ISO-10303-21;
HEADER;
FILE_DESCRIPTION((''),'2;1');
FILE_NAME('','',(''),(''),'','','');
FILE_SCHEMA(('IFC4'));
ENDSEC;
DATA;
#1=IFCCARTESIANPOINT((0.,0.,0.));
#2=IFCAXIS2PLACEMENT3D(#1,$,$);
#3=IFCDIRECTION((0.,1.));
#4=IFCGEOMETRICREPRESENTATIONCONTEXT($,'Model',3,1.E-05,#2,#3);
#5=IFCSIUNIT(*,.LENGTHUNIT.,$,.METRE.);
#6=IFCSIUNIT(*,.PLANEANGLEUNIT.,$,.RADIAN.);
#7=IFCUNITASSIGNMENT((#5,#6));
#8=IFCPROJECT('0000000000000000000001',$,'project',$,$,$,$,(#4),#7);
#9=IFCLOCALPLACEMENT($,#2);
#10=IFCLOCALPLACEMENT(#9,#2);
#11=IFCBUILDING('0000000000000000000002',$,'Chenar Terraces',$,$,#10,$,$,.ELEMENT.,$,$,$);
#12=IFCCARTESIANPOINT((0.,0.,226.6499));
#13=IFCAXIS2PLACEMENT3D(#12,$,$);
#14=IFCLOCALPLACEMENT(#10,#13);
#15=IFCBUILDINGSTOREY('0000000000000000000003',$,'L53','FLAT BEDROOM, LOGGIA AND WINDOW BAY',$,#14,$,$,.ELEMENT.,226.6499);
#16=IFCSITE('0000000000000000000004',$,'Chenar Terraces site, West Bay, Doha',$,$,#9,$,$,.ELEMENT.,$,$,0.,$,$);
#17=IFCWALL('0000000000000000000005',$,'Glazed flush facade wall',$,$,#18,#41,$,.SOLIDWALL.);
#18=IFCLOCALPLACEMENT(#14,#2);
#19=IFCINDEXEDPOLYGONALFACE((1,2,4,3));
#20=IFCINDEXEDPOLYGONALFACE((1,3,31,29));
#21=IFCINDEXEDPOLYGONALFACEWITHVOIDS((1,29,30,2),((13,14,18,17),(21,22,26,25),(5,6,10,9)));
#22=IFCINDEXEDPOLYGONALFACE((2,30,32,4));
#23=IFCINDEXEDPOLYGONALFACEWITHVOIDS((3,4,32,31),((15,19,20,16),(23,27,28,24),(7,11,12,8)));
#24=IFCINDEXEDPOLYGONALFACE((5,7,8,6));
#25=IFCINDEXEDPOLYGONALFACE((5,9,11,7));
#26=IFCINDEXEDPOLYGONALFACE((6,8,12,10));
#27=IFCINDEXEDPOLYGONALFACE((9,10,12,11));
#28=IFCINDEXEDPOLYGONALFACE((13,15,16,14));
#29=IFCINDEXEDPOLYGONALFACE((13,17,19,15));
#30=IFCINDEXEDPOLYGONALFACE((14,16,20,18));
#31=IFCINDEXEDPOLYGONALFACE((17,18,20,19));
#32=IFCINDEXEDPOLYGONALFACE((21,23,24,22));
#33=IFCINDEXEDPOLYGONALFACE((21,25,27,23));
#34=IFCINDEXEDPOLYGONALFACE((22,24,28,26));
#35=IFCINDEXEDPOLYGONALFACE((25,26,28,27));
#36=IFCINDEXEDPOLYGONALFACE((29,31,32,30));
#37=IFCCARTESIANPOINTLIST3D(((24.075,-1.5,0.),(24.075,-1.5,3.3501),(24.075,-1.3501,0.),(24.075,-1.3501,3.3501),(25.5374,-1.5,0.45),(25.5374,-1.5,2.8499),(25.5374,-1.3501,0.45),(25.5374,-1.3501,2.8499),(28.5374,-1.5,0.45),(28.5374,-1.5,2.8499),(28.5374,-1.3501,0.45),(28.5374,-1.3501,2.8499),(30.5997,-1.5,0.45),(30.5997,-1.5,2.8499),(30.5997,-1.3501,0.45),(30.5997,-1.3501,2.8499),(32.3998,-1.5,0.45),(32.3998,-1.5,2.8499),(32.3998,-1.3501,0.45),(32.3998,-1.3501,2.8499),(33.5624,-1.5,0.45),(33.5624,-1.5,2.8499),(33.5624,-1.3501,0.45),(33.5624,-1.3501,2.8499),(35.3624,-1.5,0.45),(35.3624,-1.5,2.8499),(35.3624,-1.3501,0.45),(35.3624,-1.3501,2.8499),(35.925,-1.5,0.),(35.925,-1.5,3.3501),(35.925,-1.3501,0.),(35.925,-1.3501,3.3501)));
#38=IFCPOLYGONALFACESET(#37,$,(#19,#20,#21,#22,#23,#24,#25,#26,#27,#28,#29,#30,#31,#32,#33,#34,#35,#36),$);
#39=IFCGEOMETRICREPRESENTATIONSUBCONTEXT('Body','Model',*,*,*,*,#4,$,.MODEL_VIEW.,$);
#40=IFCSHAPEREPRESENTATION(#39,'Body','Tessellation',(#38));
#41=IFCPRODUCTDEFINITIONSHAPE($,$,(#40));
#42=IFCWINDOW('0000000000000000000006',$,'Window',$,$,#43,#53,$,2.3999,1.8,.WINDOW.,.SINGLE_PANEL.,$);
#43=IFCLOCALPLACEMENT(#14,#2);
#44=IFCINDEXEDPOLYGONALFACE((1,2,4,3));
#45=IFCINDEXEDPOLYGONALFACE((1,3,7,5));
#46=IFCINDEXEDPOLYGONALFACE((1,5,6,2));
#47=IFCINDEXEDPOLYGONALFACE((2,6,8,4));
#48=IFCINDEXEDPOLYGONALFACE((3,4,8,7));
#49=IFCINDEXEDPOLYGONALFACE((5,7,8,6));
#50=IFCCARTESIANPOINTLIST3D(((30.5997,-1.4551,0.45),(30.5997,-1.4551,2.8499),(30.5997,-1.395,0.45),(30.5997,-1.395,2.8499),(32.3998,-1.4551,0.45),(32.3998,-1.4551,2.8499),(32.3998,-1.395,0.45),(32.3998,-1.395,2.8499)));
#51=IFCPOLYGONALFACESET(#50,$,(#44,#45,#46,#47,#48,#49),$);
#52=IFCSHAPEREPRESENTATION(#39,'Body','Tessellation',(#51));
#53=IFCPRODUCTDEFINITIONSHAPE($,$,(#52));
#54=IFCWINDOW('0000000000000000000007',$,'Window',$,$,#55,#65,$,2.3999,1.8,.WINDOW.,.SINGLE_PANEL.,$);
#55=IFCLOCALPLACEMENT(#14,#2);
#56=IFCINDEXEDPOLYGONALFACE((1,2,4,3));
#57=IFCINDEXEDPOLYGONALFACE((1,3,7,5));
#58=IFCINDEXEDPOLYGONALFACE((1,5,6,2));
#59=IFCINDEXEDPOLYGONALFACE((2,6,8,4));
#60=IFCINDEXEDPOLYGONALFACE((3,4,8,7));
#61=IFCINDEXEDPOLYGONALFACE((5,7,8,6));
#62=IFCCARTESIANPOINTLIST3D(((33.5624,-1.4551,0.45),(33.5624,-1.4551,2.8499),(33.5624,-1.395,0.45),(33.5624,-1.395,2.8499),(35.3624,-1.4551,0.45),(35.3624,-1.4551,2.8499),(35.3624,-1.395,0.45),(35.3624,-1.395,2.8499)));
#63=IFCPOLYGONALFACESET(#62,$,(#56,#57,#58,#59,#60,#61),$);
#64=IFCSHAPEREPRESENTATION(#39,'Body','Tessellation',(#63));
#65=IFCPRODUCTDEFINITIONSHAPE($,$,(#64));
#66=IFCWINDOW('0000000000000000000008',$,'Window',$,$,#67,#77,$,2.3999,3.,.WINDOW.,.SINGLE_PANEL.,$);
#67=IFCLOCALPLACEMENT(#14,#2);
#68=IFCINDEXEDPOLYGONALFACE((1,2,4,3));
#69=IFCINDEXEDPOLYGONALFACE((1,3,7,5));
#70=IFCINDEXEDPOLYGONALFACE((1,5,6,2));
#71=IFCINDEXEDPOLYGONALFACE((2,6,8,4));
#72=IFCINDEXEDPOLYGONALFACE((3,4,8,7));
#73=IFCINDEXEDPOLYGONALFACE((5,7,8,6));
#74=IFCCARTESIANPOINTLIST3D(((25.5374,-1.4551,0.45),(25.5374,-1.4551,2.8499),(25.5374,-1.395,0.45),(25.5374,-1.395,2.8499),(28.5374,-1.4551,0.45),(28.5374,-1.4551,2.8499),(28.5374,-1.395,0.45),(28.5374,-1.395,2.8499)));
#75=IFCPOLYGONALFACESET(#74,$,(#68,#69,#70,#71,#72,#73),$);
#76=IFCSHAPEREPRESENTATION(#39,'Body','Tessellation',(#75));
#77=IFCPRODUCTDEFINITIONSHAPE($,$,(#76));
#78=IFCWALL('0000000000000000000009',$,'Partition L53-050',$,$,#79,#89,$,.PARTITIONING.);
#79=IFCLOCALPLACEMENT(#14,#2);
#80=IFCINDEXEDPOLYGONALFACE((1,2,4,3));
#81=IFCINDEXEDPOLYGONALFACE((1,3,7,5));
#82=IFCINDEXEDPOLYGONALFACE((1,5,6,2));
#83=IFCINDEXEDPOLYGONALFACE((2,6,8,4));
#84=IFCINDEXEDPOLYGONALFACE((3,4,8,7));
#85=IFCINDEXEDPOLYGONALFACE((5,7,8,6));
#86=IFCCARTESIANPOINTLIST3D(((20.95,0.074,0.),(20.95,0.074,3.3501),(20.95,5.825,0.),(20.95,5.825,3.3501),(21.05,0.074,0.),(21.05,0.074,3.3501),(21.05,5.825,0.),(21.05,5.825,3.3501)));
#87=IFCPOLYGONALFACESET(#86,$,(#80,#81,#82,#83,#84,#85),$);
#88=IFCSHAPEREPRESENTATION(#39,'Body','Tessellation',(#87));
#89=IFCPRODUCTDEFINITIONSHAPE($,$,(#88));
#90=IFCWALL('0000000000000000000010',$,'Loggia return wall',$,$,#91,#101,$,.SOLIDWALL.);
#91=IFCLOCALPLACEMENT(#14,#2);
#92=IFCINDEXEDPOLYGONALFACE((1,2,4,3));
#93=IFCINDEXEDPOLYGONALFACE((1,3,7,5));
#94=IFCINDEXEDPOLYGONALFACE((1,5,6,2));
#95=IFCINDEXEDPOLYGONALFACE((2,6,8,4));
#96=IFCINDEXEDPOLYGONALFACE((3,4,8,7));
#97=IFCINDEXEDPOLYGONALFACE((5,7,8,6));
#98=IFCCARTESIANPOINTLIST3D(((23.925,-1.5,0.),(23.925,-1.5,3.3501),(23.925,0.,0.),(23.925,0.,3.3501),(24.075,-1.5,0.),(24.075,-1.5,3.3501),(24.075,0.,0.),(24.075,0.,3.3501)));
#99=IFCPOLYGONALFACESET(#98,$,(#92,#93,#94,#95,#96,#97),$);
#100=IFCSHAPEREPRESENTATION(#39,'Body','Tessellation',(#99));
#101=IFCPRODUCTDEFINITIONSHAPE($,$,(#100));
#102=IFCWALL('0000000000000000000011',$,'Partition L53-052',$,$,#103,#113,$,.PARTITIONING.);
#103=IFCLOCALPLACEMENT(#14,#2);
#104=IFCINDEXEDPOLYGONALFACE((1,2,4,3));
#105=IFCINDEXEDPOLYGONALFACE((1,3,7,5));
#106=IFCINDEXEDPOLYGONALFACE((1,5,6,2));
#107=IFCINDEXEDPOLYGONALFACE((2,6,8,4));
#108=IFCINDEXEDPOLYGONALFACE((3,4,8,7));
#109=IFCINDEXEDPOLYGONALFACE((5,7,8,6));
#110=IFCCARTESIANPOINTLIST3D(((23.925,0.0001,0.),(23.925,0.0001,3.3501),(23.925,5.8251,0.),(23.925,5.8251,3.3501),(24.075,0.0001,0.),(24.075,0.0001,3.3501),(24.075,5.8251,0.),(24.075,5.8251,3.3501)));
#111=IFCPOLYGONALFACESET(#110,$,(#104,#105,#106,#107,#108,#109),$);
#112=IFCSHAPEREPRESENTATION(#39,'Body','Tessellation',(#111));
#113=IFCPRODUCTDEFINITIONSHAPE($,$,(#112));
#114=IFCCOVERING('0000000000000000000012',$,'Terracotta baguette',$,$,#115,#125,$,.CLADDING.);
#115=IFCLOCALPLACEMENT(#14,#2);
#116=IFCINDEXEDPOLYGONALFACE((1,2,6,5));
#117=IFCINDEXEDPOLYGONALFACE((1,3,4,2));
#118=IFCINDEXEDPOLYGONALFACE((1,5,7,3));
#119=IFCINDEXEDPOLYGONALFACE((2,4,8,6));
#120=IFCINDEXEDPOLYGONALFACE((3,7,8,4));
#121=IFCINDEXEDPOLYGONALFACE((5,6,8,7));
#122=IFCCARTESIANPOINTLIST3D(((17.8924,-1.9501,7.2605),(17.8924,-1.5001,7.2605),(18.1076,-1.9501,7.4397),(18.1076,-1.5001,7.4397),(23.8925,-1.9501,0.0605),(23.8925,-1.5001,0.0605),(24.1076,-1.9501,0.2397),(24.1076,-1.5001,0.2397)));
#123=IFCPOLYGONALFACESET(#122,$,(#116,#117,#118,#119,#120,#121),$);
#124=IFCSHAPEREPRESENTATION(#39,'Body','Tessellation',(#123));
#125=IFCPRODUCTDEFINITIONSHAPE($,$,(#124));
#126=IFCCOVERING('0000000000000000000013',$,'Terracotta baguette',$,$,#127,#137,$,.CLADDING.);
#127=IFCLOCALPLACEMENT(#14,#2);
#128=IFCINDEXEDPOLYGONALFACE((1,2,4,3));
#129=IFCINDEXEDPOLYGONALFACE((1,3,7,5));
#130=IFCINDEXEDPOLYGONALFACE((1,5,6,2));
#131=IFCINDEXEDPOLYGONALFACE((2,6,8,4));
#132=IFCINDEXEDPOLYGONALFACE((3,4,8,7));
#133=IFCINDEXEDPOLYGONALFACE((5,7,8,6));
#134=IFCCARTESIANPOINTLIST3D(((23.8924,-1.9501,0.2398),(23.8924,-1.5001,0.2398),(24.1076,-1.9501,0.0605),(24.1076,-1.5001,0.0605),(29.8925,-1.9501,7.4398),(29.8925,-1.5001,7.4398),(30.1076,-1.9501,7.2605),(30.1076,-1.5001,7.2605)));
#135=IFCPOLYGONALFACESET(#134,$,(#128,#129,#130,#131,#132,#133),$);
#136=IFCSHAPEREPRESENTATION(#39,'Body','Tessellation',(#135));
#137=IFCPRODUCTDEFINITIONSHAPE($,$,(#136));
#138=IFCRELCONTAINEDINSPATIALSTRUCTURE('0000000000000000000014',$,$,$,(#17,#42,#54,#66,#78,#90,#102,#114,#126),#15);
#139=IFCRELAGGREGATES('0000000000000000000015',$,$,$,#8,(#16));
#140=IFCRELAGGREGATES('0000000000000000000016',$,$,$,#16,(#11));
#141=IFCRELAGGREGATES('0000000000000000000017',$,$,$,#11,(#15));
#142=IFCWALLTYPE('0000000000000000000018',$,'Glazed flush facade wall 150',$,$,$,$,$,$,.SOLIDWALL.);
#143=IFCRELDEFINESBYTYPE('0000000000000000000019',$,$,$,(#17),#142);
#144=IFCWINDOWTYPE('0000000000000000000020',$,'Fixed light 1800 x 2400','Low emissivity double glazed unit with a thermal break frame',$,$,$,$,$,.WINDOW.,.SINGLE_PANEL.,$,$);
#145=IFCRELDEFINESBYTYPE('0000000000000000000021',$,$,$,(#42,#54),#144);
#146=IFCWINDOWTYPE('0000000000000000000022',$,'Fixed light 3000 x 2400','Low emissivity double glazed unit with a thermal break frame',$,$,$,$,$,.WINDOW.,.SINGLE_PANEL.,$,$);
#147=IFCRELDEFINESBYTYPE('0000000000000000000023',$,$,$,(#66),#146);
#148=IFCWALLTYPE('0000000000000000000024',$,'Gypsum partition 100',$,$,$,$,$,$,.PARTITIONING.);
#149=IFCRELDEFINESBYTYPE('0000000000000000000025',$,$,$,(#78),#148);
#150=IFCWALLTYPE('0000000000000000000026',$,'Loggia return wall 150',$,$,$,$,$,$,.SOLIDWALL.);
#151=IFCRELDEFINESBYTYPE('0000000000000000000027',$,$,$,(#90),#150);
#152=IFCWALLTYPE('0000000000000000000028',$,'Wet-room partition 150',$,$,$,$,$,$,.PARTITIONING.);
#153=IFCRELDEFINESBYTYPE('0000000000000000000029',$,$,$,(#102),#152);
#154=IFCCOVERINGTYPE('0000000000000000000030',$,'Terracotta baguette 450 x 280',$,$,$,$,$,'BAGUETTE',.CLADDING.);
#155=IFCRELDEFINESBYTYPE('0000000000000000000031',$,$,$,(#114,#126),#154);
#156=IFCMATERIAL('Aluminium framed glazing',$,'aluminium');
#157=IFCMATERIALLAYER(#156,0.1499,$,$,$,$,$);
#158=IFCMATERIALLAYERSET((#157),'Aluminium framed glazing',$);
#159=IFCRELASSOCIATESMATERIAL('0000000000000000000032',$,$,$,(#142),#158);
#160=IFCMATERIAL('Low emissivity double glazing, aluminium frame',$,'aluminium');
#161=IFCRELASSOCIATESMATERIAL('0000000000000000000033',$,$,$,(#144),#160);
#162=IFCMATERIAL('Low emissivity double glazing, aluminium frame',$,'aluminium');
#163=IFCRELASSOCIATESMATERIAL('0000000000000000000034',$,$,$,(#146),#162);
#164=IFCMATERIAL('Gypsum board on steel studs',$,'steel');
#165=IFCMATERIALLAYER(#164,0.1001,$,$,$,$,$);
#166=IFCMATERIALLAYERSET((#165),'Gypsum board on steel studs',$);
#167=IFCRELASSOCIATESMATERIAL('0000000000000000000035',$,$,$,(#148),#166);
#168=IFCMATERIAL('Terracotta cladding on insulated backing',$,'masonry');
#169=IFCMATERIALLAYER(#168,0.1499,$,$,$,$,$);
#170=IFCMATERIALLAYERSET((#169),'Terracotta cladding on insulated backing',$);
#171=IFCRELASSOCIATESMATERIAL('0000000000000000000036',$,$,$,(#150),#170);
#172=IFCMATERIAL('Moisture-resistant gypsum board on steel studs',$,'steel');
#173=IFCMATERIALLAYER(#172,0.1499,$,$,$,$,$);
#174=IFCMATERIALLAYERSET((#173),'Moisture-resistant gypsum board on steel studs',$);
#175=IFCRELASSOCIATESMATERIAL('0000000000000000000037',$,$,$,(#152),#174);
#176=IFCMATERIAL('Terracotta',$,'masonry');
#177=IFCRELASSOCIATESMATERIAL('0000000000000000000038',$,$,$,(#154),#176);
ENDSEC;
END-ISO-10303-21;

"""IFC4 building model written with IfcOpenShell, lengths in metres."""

from ifc_helpers import new_model, si_unit, direction, frame, frame_2d, origin, origin_2d, place, context, subcontext, project, spatial, rectangle, extrude, material, layer, layer_set, material_profile, profile_set, type_object, element, fill, save


model = new_model("IFC4")

# Units and contexts
model_context = context("Model", 3, precision=1e-05, world=origin(), true_north=direction((0.0, 1.0)))
body_context = subcontext(model_context, "Body", "Model", "MODEL_VIEW")
ifc_project = project(units=[si_unit("LENGTHUNIT", "METRE"), si_unit("PLANEANGLEUNIT", "RADIAN")], contexts=[model_context])

# Site, building, storey
site_placement = place(None, origin())
site = spatial("IfcSite", under=ifc_project, at=site_placement, Name="Chenar Terraces site, West Bay, Doha", CompositionType="ELEMENT", RefElevation=0.0)
building_placement = place(site_placement, origin())
building = spatial("IfcBuilding", under=site, at=building_placement, Name="Chenar Terraces", CompositionType="ELEMENT")
storey_placement = place(building_placement, frame((0.0, 0.0, 226.6499)))
storey = spatial("IfcBuildingStorey", under=building, at=storey_placement, Name="L53", Description="FLAT BEDROOM, LOGGIA AND WINDOW BAY", CompositionType="ELEMENT", Elevation=226.6499)

# Wall, openings, windows
ifc_material_1 = material(Name="Aluminium framed glazing", Category="aluminium")
ifc_layer_1 = layer(ifc_material_1, 0.1499)
ifc_layer_set_1 = layer_set([ifc_layer_1], Name="Aluminium framed glazing")
wall_type_1 = type_object("IfcWallType", Name="Glazed flush facade wall 150", PredefinedType="SOLIDWALL", material=ifc_layer_set_1)
wall_1_placement = place(storey_placement, frame((24.075, -1.425, 0.0), z_axis=(0.0, 0.0, 1.0), x_axis=(1.0, 0.0, 0.0)))
wall_1 = element("IfcWall", 1, at=wall_1_placement, inside=storey, type_object=wall_type_1, Name="Glazed flush facade wall", PredefinedType="SOLIDWALL", context=body_context, shape_type="SweptSolid", body=[
    extrude(rectangle(XDim=11.8501, YDim=0.1499, at=frame_2d((5.925, 0.0))), origin(), (0.0, 0.0, 1.0), 3.3501),
])
opening_1_placement = place(wall_1_placement, frame((1.4624, 0.0, 0.45)))
opening_1 = element("IfcOpeningElement", 2, at=opening_1_placement, cuts=wall_1, PredefinedType="OPENING", context=body_context, shape_type="SweptSolid", body=[
    extrude(rectangle(XDim=3.0, YDim=2.3999, at=frame_2d((1.5, 1.2))), frame((0.0, 0.085, 0.0), z_axis=(0.0, -1.0, 0.0), x_axis=(1.0, 0.0, 0.0)), (0.0, 0.0, 1.0), 0.1699),
])
opening_2_placement = place(wall_1_placement, frame((6.5249, 0.0, 0.45)))
opening_2 = element("IfcOpeningElement", 3, at=opening_2_placement, cuts=wall_1, PredefinedType="OPENING", context=body_context, shape_type="SweptSolid", body=[
    extrude(rectangle(XDim=1.8, YDim=2.3999, at=frame_2d((0.8999, 1.2))), frame((0.0, 0.085, 0.0), z_axis=(0.0, -1.0, 0.0), x_axis=(1.0, 0.0, 0.0)), (0.0, 0.0, 1.0), 0.1699),
])
opening_3_placement = place(wall_1_placement, frame((9.4875, 0.0, 0.45)))
opening_3 = element("IfcOpeningElement", 4, at=opening_3_placement, cuts=wall_1, PredefinedType="OPENING", context=body_context, shape_type="SweptSolid", body=[
    extrude(rectangle(XDim=1.8, YDim=2.3999, at=frame_2d((0.8999, 1.2))), frame((0.0, 0.085, 0.0), z_axis=(0.0, -1.0, 0.0), x_axis=(1.0, 0.0, 0.0)), (0.0, 0.0, 1.0), 0.1699),
])
ifc_material_2 = material(Name="Low emissivity double glazing, aluminium frame", Category="aluminium")
window_type_1 = type_object("IfcWindowType", Name="Fixed light 1800 x 2400", Description="Low emissivity double glazed unit with a thermal break frame", PartitioningType="SINGLE_PANEL", PredefinedType="WINDOW", material=ifc_material_2)
window_1_placement = place(opening_2_placement, origin())
window_1 = element("IfcWindow", 5, at=window_1_placement, inside=storey, type_object=window_type_1, Name="Window", OverallHeight=2.3999, OverallWidth=1.8, PartitioningType="SINGLE_PANEL", PredefinedType="WINDOW", context=body_context, shape_type="SweptSolid", body=[
    extrude(rectangle(XDim=1.8, YDim=2.3999, at=frame_2d((0.8999, 1.2))), frame((0.0, 0.03, 0.0), z_axis=(0.0, -1.0, 0.0), x_axis=(1.0, 0.0, 0.0)), (0.0, 0.0, 1.0), 0.0601),
])
fill(opening_2, window_1)
window_2_placement = place(opening_3_placement, origin())
window_2 = element("IfcWindow", 6, at=window_2_placement, inside=storey, type_object=window_type_1, Name="Window", OverallHeight=2.3999, OverallWidth=1.8, PartitioningType="SINGLE_PANEL", PredefinedType="WINDOW", context=body_context, shape_type="SweptSolid", body=[
    extrude(rectangle(XDim=1.8, YDim=2.3999, at=frame_2d((0.8999, 1.2))), frame((0.0, 0.03, 0.0), z_axis=(0.0, -1.0, 0.0), x_axis=(1.0, 0.0, 0.0)), (0.0, 0.0, 1.0), 0.0601),
])
fill(opening_3, window_2)
ifc_material_3 = material(Name="Low emissivity double glazing, aluminium frame", Category="aluminium")
window_type_2 = type_object("IfcWindowType", Name="Fixed light 3000 x 2400", Description="Low emissivity double glazed unit with a thermal break frame", PartitioningType="SINGLE_PANEL", PredefinedType="WINDOW", material=ifc_material_3)
window_3_placement = place(opening_1_placement, origin())
window_3 = element("IfcWindow", 7, at=window_3_placement, inside=storey, type_object=window_type_2, Name="Window", OverallHeight=2.3999, OverallWidth=3.0, PartitioningType="SINGLE_PANEL", PredefinedType="WINDOW", context=body_context, shape_type="SweptSolid", body=[
    extrude(rectangle(XDim=3.0, YDim=2.3999, at=frame_2d((1.5, 1.2))), frame((0.0, 0.03, 0.0), z_axis=(0.0, -1.0, 0.0), x_axis=(1.0, 0.0, 0.0)), (0.0, 0.0, 1.0), 0.0601),
])
fill(opening_1, window_3)

# Walls
ifc_material_4 = material(Name="Gypsum board on steel studs", Category="steel")
ifc_layer_2 = layer(ifc_material_4, 0.1001)
ifc_layer_set_2 = layer_set([ifc_layer_2], Name="Gypsum board on steel studs")
wall_type_2 = type_object("IfcWallType", Name="Gypsum partition 100", PredefinedType="PARTITIONING", material=ifc_layer_set_2)
wall_2_placement = place(storey_placement, frame((21.0, 0.074, 0.0), z_axis=(0.0, 0.0, 1.0), x_axis=(0.0, 1.0, 0.0)))
element("IfcWall", 8, at=wall_2_placement, inside=storey, type_object=wall_type_2, Name="Partition L53-050", PredefinedType="PARTITIONING", context=body_context, shape_type="SweptSolid", body=[
    extrude(rectangle(XDim=5.751, YDim=0.1001, at=frame_2d((2.8755, 0.0))), origin(), (0.0, 0.0, 1.0), 3.3501),
])
ifc_material_5 = material(Name="Terracotta cladding on insulated backing", Category="masonry")
ifc_layer_3 = layer(ifc_material_5, 0.1499)
ifc_layer_set_3 = layer_set([ifc_layer_3], Name="Terracotta cladding on insulated backing")
wall_type_3 = type_object("IfcWallType", Name="Loggia return wall 150", PredefinedType="SOLIDWALL", material=ifc_layer_set_3)
wall_3_placement = place(storey_placement, frame((24.0, -1.5, 0.0), z_axis=(0.0, 0.0, 1.0), x_axis=(0.0, 1.0, 0.0)))
element("IfcWall", 9, at=wall_3_placement, inside=storey, type_object=wall_type_3, Name="Loggia return wall", PredefinedType="SOLIDWALL", context=body_context, shape_type="SweptSolid", body=[
    extrude(rectangle(XDim=1.5, YDim=0.1499, at=frame_2d((0.75, 0.0))), origin(), (0.0, 0.0, 1.0), 3.3501),
])
ifc_material_6 = material(Name="Moisture-resistant gypsum board on steel studs", Category="steel")
ifc_layer_4 = layer(ifc_material_6, 0.1499)
ifc_layer_set_4 = layer_set([ifc_layer_4], Name="Moisture-resistant gypsum board on steel studs")
wall_type_4 = type_object("IfcWallType", Name="Wet-room partition 150", PredefinedType="PARTITIONING", material=ifc_layer_set_4)
wall_4_placement = place(storey_placement, frame((24.0, 0.0, 0.0), z_axis=(0.0, 0.0, 1.0), x_axis=(0.0, 1.0, 0.0)))
element("IfcWall", 10, at=wall_4_placement, inside=storey, type_object=wall_type_4, Name="Partition L53-052", PredefinedType="PARTITIONING", context=body_context, shape_type="SweptSolid", body=[
    extrude(rectangle(XDim=5.825, YDim=0.1499, at=frame_2d((2.9126, 0.0))), origin(), (0.0, 0.0, 1.0), 3.3501),
])

# Coverings
ifc_material_7 = material(Name="Terracotta", Category="masonry")
ifc_material_profile_1 = material_profile(ifc_material_7, rectangle(XDim=0.45, YDim=0.28, at=origin_2d()), Name="Terracotta baguette 450 x 280")
ifc_profile_set_1 = profile_set([ifc_material_profile_1], Name="Terracotta")
covering_type = type_object("IfcCoveringType", Name="Terracotta baguette 450 x 280", ElementType="BAGUETTE", PredefinedType="CLADDING", material=ifc_profile_set_1)
for number, where, z_axis, x_axis, name in (
    (11, (18.0, -1.7251, 7.3501), (0.640187, 0.0, -0.768219), (0.0, 1.0, 0.0), "Terracotta baguette"),
    (12, (24.0, -1.7251, 0.1501), (0.640187, 0.0, 0.768219), (0.0, 1.0, 0.0), "Terracotta baguette"),
):
    element("IfcCovering", number, at=place(storey_placement, frame(where, z_axis=z_axis, x_axis=x_axis)), inside=storey, type_object=covering_type, Name=name, PredefinedType="CLADDING", context=body_context, shape_type="SweptSolid", body=[
        extrude(rectangle(XDim=0.45, YDim=0.28, at=origin_2d()), origin(), (0.0, 0.0, 1.0), 9.3723),
    ])

save(model, "model.ifc")
